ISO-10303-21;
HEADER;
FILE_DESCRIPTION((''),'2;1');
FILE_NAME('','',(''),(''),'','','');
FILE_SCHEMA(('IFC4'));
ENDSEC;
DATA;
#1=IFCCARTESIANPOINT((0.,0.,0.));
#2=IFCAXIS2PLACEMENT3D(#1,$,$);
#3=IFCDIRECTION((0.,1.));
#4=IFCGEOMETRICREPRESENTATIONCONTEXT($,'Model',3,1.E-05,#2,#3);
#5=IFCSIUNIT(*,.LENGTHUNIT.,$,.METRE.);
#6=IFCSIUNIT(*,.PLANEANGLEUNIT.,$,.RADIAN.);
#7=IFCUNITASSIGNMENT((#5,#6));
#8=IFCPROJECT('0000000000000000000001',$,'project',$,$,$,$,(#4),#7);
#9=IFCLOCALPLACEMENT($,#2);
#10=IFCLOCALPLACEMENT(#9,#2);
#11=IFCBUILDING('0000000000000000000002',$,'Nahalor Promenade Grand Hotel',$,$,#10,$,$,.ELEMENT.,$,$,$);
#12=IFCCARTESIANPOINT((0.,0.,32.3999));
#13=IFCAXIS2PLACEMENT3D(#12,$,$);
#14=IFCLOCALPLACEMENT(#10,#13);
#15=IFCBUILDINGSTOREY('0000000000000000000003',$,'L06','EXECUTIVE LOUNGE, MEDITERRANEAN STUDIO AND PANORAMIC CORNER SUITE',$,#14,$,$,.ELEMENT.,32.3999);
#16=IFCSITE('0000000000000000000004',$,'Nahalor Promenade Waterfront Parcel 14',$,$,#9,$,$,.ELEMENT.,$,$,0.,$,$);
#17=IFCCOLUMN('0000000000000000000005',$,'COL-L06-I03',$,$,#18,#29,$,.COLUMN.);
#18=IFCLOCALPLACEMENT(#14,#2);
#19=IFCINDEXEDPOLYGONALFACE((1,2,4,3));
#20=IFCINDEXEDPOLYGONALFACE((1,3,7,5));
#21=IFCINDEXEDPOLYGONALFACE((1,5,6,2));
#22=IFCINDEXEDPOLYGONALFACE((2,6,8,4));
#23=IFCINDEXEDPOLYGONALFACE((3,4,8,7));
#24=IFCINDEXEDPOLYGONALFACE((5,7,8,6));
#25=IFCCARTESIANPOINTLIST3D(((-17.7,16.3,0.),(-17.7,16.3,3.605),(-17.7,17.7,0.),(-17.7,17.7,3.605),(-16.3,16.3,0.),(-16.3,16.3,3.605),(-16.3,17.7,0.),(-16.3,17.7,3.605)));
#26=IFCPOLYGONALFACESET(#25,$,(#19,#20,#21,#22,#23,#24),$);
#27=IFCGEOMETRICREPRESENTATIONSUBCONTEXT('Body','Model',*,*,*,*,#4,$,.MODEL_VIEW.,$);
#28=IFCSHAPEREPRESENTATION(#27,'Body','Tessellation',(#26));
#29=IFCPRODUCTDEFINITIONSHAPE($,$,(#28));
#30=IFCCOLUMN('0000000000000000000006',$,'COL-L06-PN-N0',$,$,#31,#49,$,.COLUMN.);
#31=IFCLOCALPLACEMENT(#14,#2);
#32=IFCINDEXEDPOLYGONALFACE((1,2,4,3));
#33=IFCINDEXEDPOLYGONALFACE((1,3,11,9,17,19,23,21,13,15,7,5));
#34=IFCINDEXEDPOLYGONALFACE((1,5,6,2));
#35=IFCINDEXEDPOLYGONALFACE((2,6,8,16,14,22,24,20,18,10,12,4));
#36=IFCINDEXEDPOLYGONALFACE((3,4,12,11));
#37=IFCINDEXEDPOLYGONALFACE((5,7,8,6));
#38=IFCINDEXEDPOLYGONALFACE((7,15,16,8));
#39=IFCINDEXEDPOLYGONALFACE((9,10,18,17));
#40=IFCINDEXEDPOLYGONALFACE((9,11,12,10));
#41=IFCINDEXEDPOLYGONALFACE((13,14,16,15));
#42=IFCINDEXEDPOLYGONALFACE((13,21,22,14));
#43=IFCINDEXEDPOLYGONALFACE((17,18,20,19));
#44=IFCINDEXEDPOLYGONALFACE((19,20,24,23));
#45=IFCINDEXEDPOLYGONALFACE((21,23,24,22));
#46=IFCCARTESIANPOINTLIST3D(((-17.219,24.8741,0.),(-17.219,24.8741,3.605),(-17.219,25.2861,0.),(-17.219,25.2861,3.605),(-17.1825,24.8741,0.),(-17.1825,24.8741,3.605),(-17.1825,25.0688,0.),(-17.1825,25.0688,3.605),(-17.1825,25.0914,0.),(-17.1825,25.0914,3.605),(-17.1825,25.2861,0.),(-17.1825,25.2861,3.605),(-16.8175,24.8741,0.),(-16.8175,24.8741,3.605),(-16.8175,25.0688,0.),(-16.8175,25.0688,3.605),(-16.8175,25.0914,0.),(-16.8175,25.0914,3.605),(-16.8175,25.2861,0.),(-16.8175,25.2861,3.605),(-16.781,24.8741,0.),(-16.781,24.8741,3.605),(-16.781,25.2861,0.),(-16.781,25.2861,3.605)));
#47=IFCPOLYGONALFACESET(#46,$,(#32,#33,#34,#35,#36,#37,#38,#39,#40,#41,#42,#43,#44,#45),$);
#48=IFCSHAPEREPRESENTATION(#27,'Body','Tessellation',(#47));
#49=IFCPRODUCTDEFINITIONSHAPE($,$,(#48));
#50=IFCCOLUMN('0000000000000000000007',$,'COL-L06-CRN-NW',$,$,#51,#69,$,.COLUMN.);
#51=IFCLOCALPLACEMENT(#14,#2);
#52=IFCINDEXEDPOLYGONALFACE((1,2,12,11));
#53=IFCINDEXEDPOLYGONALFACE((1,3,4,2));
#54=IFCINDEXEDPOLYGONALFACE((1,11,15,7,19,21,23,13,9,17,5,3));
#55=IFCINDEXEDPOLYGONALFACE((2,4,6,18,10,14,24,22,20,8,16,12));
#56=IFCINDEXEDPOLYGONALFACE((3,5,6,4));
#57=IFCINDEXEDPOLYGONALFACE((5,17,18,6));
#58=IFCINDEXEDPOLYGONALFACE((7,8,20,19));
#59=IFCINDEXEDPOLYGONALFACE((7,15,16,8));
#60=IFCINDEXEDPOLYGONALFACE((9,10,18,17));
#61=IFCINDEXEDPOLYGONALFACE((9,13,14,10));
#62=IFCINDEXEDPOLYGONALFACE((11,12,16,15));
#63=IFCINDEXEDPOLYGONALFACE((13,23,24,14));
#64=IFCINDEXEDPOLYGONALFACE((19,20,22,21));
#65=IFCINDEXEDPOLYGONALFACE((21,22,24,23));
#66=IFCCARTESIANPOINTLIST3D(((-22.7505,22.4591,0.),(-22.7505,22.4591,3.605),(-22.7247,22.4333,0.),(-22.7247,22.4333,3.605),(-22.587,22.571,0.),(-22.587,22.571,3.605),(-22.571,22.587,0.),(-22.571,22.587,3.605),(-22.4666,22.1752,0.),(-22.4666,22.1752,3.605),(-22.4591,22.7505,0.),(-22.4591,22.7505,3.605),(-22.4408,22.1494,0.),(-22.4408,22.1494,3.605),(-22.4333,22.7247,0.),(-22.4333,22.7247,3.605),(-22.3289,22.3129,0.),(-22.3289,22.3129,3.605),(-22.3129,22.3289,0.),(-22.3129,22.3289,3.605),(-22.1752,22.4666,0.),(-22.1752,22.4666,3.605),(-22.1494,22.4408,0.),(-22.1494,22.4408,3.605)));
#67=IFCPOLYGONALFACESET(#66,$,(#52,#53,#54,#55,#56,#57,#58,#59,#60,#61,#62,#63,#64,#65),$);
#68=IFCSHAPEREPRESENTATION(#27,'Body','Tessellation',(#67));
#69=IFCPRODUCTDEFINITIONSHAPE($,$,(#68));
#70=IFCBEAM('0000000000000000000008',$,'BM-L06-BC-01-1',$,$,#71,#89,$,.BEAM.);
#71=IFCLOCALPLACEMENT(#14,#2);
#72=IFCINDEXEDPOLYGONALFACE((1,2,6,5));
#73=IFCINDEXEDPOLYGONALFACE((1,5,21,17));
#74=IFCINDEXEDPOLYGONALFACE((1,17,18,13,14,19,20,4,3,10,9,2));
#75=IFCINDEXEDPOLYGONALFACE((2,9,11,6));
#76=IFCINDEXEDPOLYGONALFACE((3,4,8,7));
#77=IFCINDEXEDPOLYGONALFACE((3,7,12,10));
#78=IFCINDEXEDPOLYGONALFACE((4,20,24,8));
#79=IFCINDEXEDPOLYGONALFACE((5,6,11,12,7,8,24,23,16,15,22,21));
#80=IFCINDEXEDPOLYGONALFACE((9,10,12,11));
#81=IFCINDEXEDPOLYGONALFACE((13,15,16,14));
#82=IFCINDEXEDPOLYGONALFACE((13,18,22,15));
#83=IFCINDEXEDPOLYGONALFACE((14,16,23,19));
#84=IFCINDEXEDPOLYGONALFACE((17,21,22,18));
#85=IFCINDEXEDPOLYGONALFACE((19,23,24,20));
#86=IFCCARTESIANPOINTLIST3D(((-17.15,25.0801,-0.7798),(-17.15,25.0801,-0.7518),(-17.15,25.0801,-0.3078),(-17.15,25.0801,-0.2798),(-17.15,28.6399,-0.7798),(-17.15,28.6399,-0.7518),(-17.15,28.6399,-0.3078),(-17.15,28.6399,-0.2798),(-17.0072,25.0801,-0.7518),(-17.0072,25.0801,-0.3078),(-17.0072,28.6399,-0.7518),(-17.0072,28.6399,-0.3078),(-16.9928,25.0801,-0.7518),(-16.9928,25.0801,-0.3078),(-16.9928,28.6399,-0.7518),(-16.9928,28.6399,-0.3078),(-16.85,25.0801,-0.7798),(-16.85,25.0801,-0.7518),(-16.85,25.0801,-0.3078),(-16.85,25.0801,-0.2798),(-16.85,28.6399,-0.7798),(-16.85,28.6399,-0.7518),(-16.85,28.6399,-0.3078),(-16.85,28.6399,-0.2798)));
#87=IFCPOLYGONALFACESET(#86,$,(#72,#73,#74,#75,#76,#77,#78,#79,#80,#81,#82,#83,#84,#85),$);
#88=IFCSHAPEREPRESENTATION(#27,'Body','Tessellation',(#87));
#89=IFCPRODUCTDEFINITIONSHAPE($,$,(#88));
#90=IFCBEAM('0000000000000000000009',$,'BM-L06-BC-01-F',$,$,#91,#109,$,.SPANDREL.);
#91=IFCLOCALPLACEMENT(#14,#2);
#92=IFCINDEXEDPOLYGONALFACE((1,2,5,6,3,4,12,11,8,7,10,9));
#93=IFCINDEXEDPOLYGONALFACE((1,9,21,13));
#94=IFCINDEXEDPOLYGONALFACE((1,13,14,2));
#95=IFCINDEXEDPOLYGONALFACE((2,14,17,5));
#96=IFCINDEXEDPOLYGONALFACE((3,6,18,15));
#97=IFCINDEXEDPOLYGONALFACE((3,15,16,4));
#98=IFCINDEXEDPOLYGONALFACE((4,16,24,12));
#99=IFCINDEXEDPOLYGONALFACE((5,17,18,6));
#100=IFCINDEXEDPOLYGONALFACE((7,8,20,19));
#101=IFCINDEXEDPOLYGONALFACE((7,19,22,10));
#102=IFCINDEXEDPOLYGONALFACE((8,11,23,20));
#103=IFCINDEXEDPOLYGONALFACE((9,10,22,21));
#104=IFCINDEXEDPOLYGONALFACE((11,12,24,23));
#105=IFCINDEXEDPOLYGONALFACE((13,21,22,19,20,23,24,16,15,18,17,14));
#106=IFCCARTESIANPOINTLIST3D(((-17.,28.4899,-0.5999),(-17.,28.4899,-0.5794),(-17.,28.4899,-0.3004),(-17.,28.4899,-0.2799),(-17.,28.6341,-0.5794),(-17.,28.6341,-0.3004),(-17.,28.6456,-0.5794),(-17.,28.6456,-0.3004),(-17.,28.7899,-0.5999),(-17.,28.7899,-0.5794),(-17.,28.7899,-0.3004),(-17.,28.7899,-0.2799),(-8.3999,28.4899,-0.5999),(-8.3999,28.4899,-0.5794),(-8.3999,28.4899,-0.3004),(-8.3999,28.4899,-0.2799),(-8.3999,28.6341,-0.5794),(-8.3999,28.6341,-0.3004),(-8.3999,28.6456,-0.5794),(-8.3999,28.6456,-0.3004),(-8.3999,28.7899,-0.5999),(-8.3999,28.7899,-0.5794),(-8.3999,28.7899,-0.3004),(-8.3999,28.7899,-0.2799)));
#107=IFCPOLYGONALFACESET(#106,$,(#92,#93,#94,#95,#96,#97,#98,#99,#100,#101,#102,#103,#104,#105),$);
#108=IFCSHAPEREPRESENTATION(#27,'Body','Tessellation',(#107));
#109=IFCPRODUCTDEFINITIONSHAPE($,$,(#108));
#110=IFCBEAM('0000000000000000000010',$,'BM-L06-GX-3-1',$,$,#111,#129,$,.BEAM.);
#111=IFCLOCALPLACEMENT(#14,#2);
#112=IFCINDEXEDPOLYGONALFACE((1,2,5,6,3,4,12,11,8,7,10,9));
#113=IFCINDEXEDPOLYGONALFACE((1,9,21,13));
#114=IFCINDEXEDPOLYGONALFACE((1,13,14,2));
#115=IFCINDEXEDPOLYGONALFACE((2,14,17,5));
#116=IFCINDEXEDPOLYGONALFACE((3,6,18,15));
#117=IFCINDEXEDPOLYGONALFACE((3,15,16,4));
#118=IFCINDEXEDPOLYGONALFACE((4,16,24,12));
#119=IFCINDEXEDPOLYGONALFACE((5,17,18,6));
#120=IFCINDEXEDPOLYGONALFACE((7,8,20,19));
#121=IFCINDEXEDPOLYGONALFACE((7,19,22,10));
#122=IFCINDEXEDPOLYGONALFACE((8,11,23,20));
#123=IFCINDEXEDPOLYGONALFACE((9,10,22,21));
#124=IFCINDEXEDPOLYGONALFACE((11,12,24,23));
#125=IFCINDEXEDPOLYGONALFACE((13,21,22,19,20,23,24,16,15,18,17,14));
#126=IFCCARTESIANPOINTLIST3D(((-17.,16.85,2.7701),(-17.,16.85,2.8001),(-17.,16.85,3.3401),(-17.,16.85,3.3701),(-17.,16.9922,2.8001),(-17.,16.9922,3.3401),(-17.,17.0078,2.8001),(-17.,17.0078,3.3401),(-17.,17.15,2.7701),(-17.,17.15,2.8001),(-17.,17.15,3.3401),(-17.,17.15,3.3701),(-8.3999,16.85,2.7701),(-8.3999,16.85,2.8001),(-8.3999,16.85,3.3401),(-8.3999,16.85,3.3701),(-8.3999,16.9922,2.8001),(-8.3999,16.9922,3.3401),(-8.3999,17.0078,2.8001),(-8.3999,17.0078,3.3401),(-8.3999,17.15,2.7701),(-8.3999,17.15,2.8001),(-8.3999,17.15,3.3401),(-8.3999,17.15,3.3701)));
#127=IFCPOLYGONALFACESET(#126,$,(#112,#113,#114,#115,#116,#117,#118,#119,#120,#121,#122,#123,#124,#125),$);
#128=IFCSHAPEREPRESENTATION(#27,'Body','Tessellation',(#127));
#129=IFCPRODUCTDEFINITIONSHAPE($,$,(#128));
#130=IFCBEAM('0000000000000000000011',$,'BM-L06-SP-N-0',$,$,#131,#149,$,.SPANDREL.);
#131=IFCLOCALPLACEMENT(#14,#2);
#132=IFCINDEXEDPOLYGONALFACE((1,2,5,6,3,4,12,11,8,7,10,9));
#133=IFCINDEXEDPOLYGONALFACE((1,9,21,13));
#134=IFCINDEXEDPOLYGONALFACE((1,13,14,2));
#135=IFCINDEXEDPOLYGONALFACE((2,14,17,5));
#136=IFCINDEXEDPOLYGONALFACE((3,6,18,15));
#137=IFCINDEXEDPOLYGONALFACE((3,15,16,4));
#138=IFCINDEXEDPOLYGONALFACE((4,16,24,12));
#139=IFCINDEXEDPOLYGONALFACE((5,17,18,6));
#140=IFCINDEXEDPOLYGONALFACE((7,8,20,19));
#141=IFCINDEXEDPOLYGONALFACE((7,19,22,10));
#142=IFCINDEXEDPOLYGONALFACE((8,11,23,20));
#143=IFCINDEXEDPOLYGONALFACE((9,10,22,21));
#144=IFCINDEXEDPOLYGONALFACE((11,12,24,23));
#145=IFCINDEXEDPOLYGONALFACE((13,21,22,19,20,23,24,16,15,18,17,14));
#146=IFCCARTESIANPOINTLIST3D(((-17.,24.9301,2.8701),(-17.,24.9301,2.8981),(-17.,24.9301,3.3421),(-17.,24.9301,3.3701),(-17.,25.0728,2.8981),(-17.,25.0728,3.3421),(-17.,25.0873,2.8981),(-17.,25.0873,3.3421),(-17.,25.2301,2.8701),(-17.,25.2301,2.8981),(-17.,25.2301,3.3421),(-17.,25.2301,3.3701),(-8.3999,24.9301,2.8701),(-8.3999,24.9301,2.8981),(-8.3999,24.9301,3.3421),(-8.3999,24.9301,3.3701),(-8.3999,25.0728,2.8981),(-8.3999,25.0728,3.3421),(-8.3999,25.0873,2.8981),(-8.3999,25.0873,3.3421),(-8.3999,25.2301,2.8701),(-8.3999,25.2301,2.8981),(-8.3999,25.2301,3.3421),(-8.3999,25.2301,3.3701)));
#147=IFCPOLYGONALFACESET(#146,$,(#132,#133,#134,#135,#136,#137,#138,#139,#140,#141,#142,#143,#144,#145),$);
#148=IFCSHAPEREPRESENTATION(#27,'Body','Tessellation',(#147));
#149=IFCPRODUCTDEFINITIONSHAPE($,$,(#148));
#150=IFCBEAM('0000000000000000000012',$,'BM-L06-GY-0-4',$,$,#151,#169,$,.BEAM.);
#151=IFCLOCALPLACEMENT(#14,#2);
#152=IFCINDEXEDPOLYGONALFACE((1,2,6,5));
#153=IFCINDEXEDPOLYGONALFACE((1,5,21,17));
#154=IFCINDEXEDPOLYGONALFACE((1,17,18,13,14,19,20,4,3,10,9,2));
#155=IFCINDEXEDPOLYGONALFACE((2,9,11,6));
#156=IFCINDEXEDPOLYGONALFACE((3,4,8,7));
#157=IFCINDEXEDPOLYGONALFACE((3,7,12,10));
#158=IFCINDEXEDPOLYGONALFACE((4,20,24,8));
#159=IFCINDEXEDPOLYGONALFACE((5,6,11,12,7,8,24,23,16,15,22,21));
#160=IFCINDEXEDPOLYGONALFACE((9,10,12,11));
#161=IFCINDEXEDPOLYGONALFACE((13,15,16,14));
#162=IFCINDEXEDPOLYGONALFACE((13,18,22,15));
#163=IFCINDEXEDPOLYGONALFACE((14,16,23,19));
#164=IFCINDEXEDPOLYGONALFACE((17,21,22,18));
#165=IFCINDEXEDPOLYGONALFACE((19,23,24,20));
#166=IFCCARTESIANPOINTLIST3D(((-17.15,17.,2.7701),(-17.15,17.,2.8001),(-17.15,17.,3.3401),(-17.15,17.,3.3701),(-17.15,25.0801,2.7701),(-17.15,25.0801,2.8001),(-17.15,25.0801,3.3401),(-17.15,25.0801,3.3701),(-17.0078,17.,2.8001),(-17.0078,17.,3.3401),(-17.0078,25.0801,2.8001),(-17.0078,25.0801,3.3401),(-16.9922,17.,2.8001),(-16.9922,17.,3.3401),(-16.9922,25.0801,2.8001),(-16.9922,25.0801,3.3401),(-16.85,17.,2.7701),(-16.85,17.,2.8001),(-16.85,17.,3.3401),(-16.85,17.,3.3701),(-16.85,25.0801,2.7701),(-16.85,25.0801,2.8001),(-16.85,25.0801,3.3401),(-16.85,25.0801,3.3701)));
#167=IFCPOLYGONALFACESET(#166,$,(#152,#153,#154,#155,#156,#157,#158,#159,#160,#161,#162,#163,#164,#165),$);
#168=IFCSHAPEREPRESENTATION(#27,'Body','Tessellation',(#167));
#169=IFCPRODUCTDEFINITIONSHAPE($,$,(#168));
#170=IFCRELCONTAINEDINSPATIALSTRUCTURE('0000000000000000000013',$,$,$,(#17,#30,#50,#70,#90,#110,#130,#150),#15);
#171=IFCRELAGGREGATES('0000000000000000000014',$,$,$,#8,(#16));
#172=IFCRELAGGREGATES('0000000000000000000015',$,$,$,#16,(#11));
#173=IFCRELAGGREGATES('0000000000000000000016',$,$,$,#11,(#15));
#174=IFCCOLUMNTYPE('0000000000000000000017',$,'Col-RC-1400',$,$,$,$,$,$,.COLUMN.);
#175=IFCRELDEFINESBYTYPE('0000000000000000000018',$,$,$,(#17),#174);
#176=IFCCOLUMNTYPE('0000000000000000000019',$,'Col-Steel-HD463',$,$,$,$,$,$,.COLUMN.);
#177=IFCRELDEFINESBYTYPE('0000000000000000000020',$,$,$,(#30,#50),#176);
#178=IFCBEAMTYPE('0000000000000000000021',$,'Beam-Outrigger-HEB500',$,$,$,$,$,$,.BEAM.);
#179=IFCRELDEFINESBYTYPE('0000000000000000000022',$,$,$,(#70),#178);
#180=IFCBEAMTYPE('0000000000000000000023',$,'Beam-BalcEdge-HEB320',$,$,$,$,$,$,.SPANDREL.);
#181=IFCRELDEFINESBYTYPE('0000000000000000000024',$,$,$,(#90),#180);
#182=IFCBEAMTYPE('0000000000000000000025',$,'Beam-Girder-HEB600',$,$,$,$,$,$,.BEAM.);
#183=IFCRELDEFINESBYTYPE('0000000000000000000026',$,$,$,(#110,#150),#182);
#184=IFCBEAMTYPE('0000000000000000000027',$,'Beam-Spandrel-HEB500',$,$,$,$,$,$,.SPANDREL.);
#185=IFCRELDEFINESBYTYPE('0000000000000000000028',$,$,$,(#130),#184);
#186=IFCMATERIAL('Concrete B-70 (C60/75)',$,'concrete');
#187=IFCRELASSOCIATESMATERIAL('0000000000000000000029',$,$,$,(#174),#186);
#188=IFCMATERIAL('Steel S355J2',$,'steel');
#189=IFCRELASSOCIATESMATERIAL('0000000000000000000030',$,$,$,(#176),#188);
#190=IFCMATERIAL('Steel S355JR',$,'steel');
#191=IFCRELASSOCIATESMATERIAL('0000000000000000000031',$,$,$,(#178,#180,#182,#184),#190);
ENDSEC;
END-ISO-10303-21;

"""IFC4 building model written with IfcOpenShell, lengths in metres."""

from ifc_helpers import new_model, si_unit, direction, frame, origin, origin_2d, place, context, subcontext, project, spatial, rectangle, i_section, extrude, source, transform, mapped, material, material_profile, profile_set, type_object, element, save


model = new_model("IFC4")

# Units and contexts
model_context = context("Model", 3, precision=1e-05, world=origin(), true_north=direction((0.0, 1.0)))
body_context = subcontext(model_context, "Body", "Model", "MODEL_VIEW")
ifc_project = project(units=[si_unit("LENGTHUNIT", "METRE"), si_unit("PLANEANGLEUNIT", "RADIAN")], contexts=[model_context])

# Site, building, storey
site_placement = place(None, origin())
site = spatial("IfcSite", under=ifc_project, at=site_placement, Name="Nahalor Promenade Waterfront Parcel 14", CompositionType="ELEMENT", RefElevation=0.0)
building_placement = place(site_placement, origin())
building = spatial("IfcBuilding", under=site, at=building_placement, Name="Nahalor Promenade Grand Hotel", CompositionType="ELEMENT")
storey_placement = place(building_placement, frame((0.0, 0.0, 32.3999)))
storey = spatial("IfcBuildingStorey", under=building, at=storey_placement, Name="L06", Description="EXECUTIVE LOUNGE, MEDITERRANEAN STUDIO AND PANORAMIC CORNER SUITE", CompositionType="ELEMENT", Elevation=32.3999)

# Columns
ifc_material_1 = material(Name="Concrete B-70 (C60/75)", Category="concrete")
ifc_material_profile_1 = material_profile(ifc_material_1, rectangle(XDim=1.4, YDim=1.4, at=origin_2d()), Name="RC 1400x1400")
ifc_profile_set_1 = profile_set([ifc_material_profile_1], Name="Concrete B-70 (C60/75)")
column_type_1 = type_object("IfcColumnType", Name="Col-RC-1400", PredefinedType="COLUMN", material=ifc_profile_set_1)
shared_shape_1 = source(origin(), body_context, "Body", "SweptSolid", [
    extrude(rectangle(XDim=1.4, YDim=1.4, at=origin_2d()), origin(), (0.0, 0.0, 1.0), 3.605),
])
column_placement = place(storey_placement, frame((-17.0, 17.0, 0.0), z_axis=(0.0, 0.0, 1.0), x_axis=(1.0, 0.0, 0.0)))
element("IfcColumn", 1, at=column_placement, inside=storey, type_object=column_type_1, Name="COL-L06-I03", PredefinedType="COLUMN", context=body_context, shape_type="MappedRepresentation", body=[
    mapped(shared_shape_1, transform((0.0, 0.0, 0.0), scale=1.0)),
])
ifc_material_2 = material(Name="Steel S355J2", Category="steel")
ifc_material_profile_2 = material_profile(ifc_material_2, i_section(OverallWidth=0.412, OverallDepth=0.438, WebThickness=0.0226, FlangeThickness=0.0365, at=origin_2d()), Name="HD 400x463")
ifc_profile_set_2 = profile_set([ifc_material_profile_2], Name="Steel S355J2")
column_type_2 = type_object("IfcColumnType", Name="Col-Steel-HD463", PredefinedType="COLUMN", material=ifc_profile_set_2)
shared_shape_2 = source(origin(), body_context, "Body", "SweptSolid", [
    extrude(i_section(OverallWidth=0.412, OverallDepth=0.438, WebThickness=0.0226, FlangeThickness=0.0365, at=origin_2d()), origin(), (0.0, 0.0, 1.0), 3.605),
])
for number, where, z_axis, x_axis, name in (
    (2, (-17.0, 25.0801, 0.0), (0.0, 0.0, 1.0), (0.0, 1.0, 0.0), "COL-L06-PN-N0"),
    (3, (-22.45, 22.45, 0.0), (0.0, 0.0, 1.0), (0.707107, 0.707107, 0.0), "COL-L06-CRN-NW"),
):
    element("IfcColumn", number, at=place(storey_placement, frame(where, z_axis=z_axis, x_axis=x_axis)), inside=storey, type_object=column_type_2, Name=name, PredefinedType="COLUMN", context=body_context, shape_type="MappedRepresentation", body=[
        mapped(shared_shape_2, transform((0.0, 0.0, 0.0), scale=1.0)),
    ])

# Beams
ifc_material_3 = material(Name="Steel S355JR", Category="steel")
ifc_material_profile_3 = material_profile(ifc_material_3, i_section(OverallWidth=0.3, OverallDepth=0.5, WebThickness=0.0145, FlangeThickness=0.028, at=origin_2d()), Name="HEB 500")
ifc_profile_set_3 = profile_set([ifc_material_profile_3], Name="Steel S355JR")
beam_type_1 = type_object("IfcBeamType", Name="Beam-Outrigger-HEB500", PredefinedType="BEAM", material=ifc_profile_set_3)
shared_shape_3 = source(origin(), body_context, "Body", "SweptSolid", [
    extrude(i_section(OverallWidth=0.3, OverallDepth=0.5, WebThickness=0.0145, FlangeThickness=0.028, at=origin_2d()), origin(), (0.0, 0.0, 1.0), 3.5598),
])
beam_1_placement = place(storey_placement, frame((-17.0, 25.0801, -0.5298), z_axis=(0.0, 1.0, 0.0), x_axis=(-1.0, 0.0, 0.0)))
element("IfcBeam", 4, at=beam_1_placement, inside=storey, type_object=beam_type_1, Name="BM-L06-BC-01-1", PredefinedType="BEAM", context=body_context, shape_type="MappedRepresentation", body=[
    mapped(shared_shape_3, transform((0.0, 0.0, 0.0), scale=1.0)),
])
ifc_material_profile_4 = material_profile(ifc_material_3, i_section(OverallWidth=0.3, OverallDepth=0.32, WebThickness=0.0115, FlangeThickness=0.0205, at=origin_2d()), Name="HEB 320")
ifc_profile_set_4 = profile_set([ifc_material_profile_4], Name="Steel S355JR")
beam_type_2 = type_object("IfcBeamType", Name="Beam-BalcEdge-HEB320", PredefinedType="SPANDREL", material=ifc_profile_set_4)
shared_shape_4 = source(origin(), body_context, "Body", "SweptSolid", [
    extrude(i_section(OverallWidth=0.3, OverallDepth=0.32, WebThickness=0.0115, FlangeThickness=0.0205, at=origin_2d()), origin(), (0.0, 0.0, 1.0), 8.6001),
])
beam_2_placement = place(storey_placement, frame((-17.0, 28.6399, -0.4399), z_axis=(1.0, 0.0, 0.0), x_axis=(0.0, 1.0, 0.0)))
element("IfcBeam", 5, at=beam_2_placement, inside=storey, type_object=beam_type_2, Name="BM-L06-BC-01-F", PredefinedType="SPANDREL", context=body_context, shape_type="MappedRepresentation", body=[
    mapped(shared_shape_4, transform((0.0, 0.0, 0.0), scale=1.0)),
])
ifc_material_profile_5 = material_profile(ifc_material_3, i_section(OverallWidth=0.3, OverallDepth=0.6, WebThickness=0.0155, FlangeThickness=0.03, at=origin_2d()), Name="HEB 600")
ifc_profile_set_5 = profile_set([ifc_material_profile_5], Name="Steel S355JR")
beam_type_3 = type_object("IfcBeamType", Name="Beam-Girder-HEB600", PredefinedType="BEAM", material=ifc_profile_set_5)
shared_shape_5 = source(origin(), body_context, "Body", "SweptSolid", [
    extrude(i_section(OverallWidth=0.3, OverallDepth=0.6, WebThickness=0.0155, FlangeThickness=0.03, at=origin_2d()), origin(), (0.0, 0.0, 1.0), 8.6001),
])
beam_3_placement = place(storey_placement, frame((-17.0, 17.0, 3.0701), z_axis=(1.0, 0.0, 0.0), x_axis=(0.0, 1.0, 0.0)))
element("IfcBeam", 6, at=beam_3_placement, inside=storey, type_object=beam_type_3, Name="BM-L06-GX-3-1", PredefinedType="BEAM", context=body_context, shape_type="MappedRepresentation", body=[
    mapped(shared_shape_5, transform((0.0, 0.0, 0.0), scale=1.0)),
])
ifc_material_profile_6 = material_profile(ifc_material_3, i_section(OverallWidth=0.3, OverallDepth=0.5, WebThickness=0.0145, FlangeThickness=0.028, at=origin_2d()), Name="HEB 500")
ifc_profile_set_6 = profile_set([ifc_material_profile_6], Name="Steel S355JR")
beam_type_4 = type_object("IfcBeamType", Name="Beam-Spandrel-HEB500", PredefinedType="SPANDREL", material=ifc_profile_set_6)
shared_shape_6 = source(origin(), body_context, "Body", "SweptSolid", [
    extrude(i_section(OverallWidth=0.3, OverallDepth=0.5, WebThickness=0.0145, FlangeThickness=0.028, at=origin_2d()), origin(), (0.0, 0.0, 1.0), 8.6001),
])
beam_4_placement = place(storey_placement, frame((-17.0, 25.0801, 3.1201), z_axis=(1.0, 0.0, 0.0), x_axis=(0.0, 1.0, 0.0)))
element("IfcBeam", 7, at=beam_4_placement, inside=storey, type_object=beam_type_4, Name="BM-L06-SP-N-0", PredefinedType="SPANDREL", context=body_context, shape_type="MappedRepresentation", body=[
    mapped(shared_shape_6, transform((0.0, 0.0, 0.0), scale=1.0)),
])
shared_shape_7 = source(origin(), body_context, "Body", "SweptSolid", [
    extrude(i_section(OverallWidth=0.3, OverallDepth=0.6, WebThickness=0.0155, FlangeThickness=0.03, at=origin_2d()), origin(), (0.0, 0.0, 1.0), 8.0801),
])
beam_5_placement = place(storey_placement, frame((-17.0, 17.0, 3.0701), z_axis=(0.0, 1.0, 0.0), x_axis=(-1.0, 0.0, 0.0)))
element("IfcBeam", 8, at=beam_5_placement, inside=storey, type_object=beam_type_3, Name="BM-L06-GY-0-4", PredefinedType="BEAM", context=body_context, shape_type="MappedRepresentation", body=[
    mapped(shared_shape_7, transform((0.0, 0.0, 0.0), scale=1.0)),
])

save(model, "model.ifc")
